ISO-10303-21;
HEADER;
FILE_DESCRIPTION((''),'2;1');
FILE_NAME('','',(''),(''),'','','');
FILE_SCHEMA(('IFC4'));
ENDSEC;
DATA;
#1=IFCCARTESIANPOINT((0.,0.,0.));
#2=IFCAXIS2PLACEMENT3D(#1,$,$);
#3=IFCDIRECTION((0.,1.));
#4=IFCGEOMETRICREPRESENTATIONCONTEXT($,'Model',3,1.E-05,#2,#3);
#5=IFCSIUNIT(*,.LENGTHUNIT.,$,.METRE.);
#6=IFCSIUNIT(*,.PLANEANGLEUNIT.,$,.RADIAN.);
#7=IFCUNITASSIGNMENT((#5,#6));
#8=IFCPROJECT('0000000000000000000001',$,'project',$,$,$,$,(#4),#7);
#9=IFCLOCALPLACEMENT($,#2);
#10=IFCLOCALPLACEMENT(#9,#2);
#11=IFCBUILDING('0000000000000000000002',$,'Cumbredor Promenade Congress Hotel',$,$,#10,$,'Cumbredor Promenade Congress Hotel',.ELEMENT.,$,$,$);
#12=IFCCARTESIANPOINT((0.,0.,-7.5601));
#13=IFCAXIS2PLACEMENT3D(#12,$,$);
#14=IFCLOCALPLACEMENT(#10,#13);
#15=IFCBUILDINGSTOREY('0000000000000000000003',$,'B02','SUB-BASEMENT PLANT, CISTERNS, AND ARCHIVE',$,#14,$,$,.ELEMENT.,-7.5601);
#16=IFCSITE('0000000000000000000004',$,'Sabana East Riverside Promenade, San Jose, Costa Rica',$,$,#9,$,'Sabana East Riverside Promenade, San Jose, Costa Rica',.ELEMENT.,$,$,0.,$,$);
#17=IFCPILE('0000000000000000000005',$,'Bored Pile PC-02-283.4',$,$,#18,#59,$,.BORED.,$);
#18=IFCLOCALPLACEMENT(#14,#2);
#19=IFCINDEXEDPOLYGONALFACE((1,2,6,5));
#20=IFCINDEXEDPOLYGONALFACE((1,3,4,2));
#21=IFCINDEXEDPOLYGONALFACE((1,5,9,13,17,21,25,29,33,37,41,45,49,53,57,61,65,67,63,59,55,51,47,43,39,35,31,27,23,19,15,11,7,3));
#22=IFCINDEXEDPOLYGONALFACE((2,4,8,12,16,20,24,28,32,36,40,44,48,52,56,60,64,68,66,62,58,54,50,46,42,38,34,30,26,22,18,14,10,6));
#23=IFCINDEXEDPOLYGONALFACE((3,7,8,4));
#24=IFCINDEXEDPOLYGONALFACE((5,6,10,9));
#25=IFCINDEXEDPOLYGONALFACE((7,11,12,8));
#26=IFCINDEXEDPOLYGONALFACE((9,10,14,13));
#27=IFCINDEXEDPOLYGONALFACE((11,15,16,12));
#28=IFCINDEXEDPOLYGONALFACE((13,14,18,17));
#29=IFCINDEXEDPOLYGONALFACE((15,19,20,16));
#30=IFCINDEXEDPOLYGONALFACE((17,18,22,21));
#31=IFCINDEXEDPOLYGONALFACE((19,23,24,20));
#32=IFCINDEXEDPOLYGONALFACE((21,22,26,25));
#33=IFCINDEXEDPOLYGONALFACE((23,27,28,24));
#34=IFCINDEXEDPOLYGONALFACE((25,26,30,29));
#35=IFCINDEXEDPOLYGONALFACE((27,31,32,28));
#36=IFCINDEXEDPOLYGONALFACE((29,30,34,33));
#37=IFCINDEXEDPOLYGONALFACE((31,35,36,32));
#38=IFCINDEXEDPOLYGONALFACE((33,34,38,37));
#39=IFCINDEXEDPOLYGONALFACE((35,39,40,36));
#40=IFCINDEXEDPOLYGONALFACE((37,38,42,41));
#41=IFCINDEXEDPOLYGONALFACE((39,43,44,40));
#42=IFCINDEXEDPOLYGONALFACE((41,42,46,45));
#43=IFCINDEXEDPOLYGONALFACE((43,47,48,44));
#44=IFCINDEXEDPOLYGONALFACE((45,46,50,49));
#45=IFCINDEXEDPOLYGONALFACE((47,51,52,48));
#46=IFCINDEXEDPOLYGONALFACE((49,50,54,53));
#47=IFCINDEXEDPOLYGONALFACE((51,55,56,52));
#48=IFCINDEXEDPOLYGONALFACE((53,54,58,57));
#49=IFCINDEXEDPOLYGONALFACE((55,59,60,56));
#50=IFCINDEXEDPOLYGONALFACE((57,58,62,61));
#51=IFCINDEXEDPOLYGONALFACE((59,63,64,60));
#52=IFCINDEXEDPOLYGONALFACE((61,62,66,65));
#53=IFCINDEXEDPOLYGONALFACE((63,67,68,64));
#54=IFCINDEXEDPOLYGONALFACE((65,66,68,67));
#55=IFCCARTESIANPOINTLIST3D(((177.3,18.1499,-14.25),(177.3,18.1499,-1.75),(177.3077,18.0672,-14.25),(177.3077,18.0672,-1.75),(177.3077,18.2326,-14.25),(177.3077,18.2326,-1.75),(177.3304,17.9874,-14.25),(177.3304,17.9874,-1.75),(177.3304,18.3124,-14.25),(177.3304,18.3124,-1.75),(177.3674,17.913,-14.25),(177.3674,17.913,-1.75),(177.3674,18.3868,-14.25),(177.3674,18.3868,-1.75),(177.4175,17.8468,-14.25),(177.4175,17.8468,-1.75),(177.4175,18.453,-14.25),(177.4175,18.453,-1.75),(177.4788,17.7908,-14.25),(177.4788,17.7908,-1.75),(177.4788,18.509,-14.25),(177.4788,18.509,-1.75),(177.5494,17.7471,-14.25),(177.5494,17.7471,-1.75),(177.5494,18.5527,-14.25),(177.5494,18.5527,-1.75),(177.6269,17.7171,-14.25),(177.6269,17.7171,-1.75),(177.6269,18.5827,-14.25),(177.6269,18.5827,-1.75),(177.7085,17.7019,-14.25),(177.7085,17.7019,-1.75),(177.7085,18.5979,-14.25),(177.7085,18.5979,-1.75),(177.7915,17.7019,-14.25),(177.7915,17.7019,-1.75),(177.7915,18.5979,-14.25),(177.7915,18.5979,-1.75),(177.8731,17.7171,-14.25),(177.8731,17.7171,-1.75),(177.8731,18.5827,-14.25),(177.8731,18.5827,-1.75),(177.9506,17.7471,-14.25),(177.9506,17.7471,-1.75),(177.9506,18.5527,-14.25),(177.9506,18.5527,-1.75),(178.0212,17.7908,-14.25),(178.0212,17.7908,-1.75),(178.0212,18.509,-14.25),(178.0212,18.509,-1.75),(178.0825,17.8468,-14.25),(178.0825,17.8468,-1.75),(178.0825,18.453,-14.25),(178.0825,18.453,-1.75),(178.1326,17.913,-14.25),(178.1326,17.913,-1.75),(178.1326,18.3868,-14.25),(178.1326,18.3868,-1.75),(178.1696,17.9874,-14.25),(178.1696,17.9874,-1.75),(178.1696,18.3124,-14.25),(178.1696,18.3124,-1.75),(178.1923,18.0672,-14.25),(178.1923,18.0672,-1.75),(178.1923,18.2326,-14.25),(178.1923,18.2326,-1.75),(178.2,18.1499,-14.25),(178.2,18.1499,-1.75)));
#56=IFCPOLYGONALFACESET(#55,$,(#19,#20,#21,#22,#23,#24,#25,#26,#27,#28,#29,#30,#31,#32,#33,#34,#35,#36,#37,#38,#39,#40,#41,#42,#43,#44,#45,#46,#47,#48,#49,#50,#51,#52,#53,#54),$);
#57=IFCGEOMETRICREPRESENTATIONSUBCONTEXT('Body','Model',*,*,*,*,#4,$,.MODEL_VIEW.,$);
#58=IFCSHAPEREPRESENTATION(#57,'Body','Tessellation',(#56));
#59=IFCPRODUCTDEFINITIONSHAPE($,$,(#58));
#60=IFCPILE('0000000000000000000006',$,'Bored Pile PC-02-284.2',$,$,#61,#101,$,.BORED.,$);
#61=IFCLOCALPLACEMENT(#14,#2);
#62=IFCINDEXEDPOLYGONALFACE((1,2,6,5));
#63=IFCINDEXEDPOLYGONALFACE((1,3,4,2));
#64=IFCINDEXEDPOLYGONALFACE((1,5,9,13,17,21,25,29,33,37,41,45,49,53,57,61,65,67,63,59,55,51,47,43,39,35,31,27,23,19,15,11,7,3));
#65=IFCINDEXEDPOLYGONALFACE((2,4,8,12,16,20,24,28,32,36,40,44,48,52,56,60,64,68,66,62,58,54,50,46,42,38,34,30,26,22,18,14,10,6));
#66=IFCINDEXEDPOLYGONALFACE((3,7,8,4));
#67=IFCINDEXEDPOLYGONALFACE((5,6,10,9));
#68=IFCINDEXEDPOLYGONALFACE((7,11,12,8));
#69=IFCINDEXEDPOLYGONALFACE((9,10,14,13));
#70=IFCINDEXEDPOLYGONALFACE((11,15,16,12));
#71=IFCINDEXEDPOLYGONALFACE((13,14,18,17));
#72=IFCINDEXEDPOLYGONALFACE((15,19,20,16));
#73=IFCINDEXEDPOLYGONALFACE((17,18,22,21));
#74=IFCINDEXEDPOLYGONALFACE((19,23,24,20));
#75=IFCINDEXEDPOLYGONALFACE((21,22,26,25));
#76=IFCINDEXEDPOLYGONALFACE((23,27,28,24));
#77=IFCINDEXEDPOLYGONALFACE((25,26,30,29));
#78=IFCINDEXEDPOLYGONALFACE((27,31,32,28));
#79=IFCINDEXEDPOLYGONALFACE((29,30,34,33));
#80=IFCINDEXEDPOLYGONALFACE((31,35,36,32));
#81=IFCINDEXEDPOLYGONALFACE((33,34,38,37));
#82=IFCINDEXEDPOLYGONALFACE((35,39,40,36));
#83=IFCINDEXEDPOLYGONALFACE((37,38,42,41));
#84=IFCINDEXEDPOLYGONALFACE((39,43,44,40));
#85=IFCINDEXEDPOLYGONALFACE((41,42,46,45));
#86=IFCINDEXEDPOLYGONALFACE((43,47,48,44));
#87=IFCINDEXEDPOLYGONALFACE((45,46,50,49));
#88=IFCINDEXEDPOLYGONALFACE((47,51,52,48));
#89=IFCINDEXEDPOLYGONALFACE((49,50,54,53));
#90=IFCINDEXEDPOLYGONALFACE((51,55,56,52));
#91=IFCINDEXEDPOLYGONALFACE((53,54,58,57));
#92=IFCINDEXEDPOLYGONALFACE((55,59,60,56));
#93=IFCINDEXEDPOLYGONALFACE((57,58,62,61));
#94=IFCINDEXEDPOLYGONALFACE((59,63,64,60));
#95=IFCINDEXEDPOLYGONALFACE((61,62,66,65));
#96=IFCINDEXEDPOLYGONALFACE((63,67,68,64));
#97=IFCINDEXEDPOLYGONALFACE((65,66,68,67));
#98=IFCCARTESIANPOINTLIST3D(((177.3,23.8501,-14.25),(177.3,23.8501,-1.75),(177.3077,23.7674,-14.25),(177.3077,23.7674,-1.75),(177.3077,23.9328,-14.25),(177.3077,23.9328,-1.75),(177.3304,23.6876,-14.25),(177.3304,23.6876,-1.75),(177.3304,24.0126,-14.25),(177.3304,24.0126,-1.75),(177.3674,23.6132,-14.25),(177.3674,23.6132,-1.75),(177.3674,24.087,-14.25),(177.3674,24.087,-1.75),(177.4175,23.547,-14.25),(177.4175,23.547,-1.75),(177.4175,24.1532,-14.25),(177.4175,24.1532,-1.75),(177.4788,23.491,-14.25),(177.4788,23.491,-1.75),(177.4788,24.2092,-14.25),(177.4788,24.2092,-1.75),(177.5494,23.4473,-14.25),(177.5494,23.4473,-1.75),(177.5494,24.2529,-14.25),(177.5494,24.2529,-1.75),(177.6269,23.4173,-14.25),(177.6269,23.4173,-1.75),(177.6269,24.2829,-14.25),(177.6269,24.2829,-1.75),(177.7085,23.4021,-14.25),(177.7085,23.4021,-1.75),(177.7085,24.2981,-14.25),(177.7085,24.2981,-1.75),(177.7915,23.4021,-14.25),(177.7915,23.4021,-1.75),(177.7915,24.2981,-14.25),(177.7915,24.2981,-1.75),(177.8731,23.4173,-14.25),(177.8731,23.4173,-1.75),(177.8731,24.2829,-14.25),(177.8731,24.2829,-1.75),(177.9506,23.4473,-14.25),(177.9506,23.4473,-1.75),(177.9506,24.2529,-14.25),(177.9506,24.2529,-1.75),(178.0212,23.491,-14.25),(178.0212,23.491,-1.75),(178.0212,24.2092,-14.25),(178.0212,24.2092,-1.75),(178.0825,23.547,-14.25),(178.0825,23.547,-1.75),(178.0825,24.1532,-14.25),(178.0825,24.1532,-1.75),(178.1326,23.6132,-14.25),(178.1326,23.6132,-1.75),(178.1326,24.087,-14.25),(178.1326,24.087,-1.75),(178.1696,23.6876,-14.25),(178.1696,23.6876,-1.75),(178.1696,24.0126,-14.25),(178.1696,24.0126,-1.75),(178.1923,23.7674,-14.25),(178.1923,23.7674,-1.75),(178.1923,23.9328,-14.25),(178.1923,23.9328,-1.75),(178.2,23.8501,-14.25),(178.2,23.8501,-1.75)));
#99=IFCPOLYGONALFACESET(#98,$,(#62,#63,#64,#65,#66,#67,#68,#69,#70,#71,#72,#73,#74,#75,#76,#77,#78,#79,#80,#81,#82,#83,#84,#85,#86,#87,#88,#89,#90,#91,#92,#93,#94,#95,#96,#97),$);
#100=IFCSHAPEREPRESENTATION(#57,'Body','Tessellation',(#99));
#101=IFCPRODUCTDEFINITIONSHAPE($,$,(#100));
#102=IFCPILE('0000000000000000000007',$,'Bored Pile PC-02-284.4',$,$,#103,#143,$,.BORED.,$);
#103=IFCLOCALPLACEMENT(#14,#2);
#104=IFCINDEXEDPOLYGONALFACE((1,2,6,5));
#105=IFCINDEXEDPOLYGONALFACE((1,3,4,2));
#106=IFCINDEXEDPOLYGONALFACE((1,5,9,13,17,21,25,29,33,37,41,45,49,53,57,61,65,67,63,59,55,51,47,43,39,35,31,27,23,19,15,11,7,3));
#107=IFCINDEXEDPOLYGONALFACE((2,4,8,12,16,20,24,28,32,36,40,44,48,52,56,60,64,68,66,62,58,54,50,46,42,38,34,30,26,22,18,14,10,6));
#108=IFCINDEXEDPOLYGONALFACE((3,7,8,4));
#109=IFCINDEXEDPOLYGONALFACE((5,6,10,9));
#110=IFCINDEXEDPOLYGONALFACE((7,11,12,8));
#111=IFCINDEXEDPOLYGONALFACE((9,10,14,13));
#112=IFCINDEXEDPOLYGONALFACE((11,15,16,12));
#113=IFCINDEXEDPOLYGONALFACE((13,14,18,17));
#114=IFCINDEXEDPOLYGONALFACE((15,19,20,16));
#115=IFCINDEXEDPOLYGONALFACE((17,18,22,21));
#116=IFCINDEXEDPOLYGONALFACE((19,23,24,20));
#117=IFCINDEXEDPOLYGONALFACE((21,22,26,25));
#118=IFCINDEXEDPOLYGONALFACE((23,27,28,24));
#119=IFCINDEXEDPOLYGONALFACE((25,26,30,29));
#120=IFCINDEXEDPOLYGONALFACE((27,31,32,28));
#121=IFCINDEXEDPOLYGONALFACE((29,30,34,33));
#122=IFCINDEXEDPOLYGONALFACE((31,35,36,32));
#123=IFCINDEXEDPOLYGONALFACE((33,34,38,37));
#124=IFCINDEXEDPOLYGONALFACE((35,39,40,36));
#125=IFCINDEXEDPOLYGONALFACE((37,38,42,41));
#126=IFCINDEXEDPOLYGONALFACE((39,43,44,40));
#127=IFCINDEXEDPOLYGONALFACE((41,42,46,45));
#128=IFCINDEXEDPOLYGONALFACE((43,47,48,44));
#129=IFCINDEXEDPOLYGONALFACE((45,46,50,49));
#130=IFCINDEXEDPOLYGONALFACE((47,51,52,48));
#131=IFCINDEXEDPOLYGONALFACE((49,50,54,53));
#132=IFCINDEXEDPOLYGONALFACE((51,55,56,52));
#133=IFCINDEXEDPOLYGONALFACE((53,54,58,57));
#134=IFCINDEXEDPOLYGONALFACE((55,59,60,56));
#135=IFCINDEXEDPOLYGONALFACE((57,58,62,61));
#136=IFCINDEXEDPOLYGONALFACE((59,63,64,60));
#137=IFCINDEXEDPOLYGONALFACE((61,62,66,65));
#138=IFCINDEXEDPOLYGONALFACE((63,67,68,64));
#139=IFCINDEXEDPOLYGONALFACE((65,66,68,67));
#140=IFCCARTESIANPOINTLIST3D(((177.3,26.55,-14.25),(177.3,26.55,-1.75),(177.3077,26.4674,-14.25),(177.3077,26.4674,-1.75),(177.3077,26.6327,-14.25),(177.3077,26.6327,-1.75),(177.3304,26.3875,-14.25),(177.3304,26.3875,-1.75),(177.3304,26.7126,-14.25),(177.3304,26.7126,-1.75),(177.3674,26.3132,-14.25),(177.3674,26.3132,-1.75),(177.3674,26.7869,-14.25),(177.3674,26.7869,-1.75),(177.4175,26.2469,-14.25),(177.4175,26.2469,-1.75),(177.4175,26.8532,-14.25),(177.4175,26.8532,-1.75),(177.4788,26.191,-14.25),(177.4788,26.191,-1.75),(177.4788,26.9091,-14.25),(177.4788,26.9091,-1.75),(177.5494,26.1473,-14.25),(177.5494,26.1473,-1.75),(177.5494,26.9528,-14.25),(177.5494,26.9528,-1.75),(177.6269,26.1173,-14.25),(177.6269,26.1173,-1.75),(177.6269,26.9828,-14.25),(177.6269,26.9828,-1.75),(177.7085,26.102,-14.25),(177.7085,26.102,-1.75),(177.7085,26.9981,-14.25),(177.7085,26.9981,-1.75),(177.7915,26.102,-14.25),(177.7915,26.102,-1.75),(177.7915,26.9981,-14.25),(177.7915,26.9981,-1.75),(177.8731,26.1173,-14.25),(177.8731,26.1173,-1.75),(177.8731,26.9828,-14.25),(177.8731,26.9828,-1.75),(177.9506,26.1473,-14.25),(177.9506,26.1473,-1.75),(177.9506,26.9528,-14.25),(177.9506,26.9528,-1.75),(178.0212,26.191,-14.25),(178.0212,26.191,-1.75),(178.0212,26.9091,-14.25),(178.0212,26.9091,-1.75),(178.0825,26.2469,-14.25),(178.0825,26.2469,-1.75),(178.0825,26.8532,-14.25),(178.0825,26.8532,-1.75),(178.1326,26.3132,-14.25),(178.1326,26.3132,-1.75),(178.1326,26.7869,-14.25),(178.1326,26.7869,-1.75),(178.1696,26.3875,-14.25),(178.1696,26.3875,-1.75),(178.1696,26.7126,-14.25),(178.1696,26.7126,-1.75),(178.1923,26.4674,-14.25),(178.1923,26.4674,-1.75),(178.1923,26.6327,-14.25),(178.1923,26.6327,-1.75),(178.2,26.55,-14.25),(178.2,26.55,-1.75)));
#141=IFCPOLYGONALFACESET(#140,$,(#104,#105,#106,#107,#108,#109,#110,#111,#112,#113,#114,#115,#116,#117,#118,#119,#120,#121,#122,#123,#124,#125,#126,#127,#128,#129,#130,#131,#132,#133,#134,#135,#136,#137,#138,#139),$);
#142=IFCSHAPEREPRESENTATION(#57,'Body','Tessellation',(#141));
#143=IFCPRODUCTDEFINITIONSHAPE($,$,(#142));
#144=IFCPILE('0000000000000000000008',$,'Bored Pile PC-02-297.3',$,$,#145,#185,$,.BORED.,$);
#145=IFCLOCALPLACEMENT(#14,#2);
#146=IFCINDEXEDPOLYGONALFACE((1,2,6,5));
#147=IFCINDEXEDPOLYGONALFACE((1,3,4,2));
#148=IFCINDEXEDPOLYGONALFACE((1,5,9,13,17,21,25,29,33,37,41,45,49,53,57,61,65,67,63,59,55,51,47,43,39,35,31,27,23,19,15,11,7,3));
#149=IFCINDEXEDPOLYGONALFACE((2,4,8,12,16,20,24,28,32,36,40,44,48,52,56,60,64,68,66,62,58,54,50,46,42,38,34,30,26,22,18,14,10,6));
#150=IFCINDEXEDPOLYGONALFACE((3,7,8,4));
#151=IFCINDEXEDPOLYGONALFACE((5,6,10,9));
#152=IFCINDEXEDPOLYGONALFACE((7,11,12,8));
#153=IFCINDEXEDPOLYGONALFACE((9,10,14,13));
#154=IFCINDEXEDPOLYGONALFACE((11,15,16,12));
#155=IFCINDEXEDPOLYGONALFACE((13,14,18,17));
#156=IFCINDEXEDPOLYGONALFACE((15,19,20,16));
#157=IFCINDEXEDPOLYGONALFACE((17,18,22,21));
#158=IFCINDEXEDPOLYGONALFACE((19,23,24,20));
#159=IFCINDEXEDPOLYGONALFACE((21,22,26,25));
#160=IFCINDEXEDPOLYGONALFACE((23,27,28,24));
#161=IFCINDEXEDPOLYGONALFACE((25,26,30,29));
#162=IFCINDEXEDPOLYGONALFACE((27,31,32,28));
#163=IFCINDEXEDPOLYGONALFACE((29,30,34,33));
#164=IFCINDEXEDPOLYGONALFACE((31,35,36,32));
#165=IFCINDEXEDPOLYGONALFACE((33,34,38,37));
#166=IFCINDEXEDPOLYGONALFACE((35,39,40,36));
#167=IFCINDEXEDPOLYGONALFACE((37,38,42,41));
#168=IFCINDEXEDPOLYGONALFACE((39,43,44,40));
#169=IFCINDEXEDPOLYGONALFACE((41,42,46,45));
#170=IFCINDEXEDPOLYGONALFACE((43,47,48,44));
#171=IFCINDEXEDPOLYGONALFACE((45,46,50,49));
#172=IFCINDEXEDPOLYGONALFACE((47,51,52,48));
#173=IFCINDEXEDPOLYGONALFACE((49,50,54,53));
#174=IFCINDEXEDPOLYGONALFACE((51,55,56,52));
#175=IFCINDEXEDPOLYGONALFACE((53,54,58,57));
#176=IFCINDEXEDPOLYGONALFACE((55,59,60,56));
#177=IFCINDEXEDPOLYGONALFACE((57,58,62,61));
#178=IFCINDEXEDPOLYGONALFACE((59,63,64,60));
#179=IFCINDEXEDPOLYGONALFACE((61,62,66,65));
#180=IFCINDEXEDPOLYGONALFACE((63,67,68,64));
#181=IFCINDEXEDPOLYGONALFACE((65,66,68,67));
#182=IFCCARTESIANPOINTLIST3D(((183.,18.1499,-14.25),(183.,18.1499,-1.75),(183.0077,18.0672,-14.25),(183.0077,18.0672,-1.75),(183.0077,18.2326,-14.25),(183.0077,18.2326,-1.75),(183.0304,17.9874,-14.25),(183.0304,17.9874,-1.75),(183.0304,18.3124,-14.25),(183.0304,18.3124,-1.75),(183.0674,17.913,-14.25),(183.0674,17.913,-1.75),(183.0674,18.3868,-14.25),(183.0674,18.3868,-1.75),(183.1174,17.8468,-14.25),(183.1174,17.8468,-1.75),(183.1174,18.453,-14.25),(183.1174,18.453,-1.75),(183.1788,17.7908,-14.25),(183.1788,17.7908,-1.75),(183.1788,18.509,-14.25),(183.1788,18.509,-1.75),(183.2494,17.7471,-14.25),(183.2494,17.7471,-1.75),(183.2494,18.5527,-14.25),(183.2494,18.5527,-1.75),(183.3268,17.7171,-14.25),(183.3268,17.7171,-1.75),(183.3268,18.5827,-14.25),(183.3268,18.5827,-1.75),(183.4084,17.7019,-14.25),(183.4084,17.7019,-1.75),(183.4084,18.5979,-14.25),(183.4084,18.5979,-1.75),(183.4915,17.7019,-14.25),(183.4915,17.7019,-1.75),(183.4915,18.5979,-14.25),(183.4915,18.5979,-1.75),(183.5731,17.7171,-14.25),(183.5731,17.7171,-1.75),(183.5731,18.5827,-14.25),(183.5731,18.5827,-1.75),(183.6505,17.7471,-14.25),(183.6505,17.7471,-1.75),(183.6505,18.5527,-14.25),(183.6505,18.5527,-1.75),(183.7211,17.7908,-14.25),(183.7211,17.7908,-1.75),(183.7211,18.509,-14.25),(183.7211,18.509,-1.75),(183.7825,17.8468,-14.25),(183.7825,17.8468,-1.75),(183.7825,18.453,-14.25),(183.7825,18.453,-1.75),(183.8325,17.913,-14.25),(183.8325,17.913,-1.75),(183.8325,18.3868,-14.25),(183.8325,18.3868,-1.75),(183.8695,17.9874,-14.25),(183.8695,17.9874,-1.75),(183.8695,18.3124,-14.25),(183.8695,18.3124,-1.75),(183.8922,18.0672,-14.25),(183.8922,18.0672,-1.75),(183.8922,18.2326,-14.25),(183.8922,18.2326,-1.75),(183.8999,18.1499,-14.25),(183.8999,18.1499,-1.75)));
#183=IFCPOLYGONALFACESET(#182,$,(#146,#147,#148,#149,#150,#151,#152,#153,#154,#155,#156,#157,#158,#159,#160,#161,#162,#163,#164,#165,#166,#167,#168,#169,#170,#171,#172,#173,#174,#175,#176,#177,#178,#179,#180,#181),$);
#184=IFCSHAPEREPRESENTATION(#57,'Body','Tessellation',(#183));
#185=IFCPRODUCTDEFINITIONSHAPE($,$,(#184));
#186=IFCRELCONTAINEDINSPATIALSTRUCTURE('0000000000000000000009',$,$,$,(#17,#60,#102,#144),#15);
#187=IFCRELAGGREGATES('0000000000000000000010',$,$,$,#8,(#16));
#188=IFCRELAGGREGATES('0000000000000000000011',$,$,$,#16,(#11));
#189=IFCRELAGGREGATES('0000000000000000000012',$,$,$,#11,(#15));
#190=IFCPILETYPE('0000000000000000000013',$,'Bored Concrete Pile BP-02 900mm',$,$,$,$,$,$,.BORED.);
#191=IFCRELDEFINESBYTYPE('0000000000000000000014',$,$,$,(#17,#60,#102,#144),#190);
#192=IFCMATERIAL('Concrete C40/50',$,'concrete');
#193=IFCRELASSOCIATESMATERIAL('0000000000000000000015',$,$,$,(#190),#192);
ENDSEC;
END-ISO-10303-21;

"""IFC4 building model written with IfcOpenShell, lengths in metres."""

from ifc_helpers import new_model, si_unit, direction, frame, origin, origin_2d, place, context, subcontext, project, spatial, circle, extrude, material, material_profile, profile_set, type_object, element, save


model = new_model("IFC4")

# Units and contexts
model_context = context("Model", 3, precision=1e-05, world=origin(), true_north=direction((0.0, 1.0)))
body_context = subcontext(model_context, "Body", "Model", "MODEL_VIEW")
ifc_project = project(units=[si_unit("LENGTHUNIT", "METRE"), si_unit("PLANEANGLEUNIT", "RADIAN")], contexts=[model_context])

# Site, building, storey
site_placement = place(None, origin())
site = spatial("IfcSite", under=ifc_project, at=site_placement, Name="Sabana East Riverside Promenade, San Jose, Costa Rica", LongName="Sabana East Riverside Promenade, San Jose, Costa Rica", CompositionType="ELEMENT", RefElevation=0.0)
building_placement = place(site_placement, origin())
building = spatial("IfcBuilding", under=site, at=building_placement, Name="Cumbredor Promenade Congress Hotel", LongName="Cumbredor Promenade Congress Hotel", CompositionType="ELEMENT")
storey_placement = place(building_placement, frame((0.0, 0.0, -7.5601)))
storey = spatial("IfcBuildingStorey", under=building, at=storey_placement, Name="B02", Description="SUB-BASEMENT PLANT, CISTERNS, AND ARCHIVE", CompositionType="ELEMENT", Elevation=-7.5601)

# Piles
ifc_material_1 = material(Name="Concrete C40/50", Category="concrete")
ifc_material_profile_1 = material_profile(ifc_material_1, circle(Radius=0.45, at=origin_2d()), Name="PILE D900")
ifc_profile_set_1 = profile_set([ifc_material_profile_1], Name="Concrete C40/50")
pile_type = type_object("IfcPileType", Name="Bored Concrete Pile BP-02 900mm", PredefinedType="BORED", material=ifc_profile_set_1)
for number, where, z_axis, x_axis, name in (
    (1, (177.75, 18.1499, -1.75), (0.0, 0.0, -1.0), (1.0, 0.0, 0.0), "Bored Pile PC-02-283.4"),
    (2, (177.75, 23.8501, -1.75), (0.0, 0.0, -1.0), (1.0, 0.0, 0.0), "Bored Pile PC-02-284.2"),
    (3, (177.75, 26.55, -1.75), (0.0, 0.0, -1.0), (1.0, 0.0, 0.0), "Bored Pile PC-02-284.4"),
    (4, (183.45, 18.1499, -1.75), (0.0, 0.0, -1.0), (1.0, 0.0, 0.0), "Bored Pile PC-02-297.3"),
):
    element("IfcPile", number, at=place(storey_placement, frame(where, z_axis=z_axis, x_axis=x_axis)), inside=storey, type_object=pile_type, Name=name, PredefinedType="BORED", context=body_context, shape_type="SweptSolid", body=[
        extrude(circle(Radius=0.45, at=origin_2d()), origin(), (0.0, 0.0, 1.0), 12.5),
    ])

save(model, "model.ifc")
